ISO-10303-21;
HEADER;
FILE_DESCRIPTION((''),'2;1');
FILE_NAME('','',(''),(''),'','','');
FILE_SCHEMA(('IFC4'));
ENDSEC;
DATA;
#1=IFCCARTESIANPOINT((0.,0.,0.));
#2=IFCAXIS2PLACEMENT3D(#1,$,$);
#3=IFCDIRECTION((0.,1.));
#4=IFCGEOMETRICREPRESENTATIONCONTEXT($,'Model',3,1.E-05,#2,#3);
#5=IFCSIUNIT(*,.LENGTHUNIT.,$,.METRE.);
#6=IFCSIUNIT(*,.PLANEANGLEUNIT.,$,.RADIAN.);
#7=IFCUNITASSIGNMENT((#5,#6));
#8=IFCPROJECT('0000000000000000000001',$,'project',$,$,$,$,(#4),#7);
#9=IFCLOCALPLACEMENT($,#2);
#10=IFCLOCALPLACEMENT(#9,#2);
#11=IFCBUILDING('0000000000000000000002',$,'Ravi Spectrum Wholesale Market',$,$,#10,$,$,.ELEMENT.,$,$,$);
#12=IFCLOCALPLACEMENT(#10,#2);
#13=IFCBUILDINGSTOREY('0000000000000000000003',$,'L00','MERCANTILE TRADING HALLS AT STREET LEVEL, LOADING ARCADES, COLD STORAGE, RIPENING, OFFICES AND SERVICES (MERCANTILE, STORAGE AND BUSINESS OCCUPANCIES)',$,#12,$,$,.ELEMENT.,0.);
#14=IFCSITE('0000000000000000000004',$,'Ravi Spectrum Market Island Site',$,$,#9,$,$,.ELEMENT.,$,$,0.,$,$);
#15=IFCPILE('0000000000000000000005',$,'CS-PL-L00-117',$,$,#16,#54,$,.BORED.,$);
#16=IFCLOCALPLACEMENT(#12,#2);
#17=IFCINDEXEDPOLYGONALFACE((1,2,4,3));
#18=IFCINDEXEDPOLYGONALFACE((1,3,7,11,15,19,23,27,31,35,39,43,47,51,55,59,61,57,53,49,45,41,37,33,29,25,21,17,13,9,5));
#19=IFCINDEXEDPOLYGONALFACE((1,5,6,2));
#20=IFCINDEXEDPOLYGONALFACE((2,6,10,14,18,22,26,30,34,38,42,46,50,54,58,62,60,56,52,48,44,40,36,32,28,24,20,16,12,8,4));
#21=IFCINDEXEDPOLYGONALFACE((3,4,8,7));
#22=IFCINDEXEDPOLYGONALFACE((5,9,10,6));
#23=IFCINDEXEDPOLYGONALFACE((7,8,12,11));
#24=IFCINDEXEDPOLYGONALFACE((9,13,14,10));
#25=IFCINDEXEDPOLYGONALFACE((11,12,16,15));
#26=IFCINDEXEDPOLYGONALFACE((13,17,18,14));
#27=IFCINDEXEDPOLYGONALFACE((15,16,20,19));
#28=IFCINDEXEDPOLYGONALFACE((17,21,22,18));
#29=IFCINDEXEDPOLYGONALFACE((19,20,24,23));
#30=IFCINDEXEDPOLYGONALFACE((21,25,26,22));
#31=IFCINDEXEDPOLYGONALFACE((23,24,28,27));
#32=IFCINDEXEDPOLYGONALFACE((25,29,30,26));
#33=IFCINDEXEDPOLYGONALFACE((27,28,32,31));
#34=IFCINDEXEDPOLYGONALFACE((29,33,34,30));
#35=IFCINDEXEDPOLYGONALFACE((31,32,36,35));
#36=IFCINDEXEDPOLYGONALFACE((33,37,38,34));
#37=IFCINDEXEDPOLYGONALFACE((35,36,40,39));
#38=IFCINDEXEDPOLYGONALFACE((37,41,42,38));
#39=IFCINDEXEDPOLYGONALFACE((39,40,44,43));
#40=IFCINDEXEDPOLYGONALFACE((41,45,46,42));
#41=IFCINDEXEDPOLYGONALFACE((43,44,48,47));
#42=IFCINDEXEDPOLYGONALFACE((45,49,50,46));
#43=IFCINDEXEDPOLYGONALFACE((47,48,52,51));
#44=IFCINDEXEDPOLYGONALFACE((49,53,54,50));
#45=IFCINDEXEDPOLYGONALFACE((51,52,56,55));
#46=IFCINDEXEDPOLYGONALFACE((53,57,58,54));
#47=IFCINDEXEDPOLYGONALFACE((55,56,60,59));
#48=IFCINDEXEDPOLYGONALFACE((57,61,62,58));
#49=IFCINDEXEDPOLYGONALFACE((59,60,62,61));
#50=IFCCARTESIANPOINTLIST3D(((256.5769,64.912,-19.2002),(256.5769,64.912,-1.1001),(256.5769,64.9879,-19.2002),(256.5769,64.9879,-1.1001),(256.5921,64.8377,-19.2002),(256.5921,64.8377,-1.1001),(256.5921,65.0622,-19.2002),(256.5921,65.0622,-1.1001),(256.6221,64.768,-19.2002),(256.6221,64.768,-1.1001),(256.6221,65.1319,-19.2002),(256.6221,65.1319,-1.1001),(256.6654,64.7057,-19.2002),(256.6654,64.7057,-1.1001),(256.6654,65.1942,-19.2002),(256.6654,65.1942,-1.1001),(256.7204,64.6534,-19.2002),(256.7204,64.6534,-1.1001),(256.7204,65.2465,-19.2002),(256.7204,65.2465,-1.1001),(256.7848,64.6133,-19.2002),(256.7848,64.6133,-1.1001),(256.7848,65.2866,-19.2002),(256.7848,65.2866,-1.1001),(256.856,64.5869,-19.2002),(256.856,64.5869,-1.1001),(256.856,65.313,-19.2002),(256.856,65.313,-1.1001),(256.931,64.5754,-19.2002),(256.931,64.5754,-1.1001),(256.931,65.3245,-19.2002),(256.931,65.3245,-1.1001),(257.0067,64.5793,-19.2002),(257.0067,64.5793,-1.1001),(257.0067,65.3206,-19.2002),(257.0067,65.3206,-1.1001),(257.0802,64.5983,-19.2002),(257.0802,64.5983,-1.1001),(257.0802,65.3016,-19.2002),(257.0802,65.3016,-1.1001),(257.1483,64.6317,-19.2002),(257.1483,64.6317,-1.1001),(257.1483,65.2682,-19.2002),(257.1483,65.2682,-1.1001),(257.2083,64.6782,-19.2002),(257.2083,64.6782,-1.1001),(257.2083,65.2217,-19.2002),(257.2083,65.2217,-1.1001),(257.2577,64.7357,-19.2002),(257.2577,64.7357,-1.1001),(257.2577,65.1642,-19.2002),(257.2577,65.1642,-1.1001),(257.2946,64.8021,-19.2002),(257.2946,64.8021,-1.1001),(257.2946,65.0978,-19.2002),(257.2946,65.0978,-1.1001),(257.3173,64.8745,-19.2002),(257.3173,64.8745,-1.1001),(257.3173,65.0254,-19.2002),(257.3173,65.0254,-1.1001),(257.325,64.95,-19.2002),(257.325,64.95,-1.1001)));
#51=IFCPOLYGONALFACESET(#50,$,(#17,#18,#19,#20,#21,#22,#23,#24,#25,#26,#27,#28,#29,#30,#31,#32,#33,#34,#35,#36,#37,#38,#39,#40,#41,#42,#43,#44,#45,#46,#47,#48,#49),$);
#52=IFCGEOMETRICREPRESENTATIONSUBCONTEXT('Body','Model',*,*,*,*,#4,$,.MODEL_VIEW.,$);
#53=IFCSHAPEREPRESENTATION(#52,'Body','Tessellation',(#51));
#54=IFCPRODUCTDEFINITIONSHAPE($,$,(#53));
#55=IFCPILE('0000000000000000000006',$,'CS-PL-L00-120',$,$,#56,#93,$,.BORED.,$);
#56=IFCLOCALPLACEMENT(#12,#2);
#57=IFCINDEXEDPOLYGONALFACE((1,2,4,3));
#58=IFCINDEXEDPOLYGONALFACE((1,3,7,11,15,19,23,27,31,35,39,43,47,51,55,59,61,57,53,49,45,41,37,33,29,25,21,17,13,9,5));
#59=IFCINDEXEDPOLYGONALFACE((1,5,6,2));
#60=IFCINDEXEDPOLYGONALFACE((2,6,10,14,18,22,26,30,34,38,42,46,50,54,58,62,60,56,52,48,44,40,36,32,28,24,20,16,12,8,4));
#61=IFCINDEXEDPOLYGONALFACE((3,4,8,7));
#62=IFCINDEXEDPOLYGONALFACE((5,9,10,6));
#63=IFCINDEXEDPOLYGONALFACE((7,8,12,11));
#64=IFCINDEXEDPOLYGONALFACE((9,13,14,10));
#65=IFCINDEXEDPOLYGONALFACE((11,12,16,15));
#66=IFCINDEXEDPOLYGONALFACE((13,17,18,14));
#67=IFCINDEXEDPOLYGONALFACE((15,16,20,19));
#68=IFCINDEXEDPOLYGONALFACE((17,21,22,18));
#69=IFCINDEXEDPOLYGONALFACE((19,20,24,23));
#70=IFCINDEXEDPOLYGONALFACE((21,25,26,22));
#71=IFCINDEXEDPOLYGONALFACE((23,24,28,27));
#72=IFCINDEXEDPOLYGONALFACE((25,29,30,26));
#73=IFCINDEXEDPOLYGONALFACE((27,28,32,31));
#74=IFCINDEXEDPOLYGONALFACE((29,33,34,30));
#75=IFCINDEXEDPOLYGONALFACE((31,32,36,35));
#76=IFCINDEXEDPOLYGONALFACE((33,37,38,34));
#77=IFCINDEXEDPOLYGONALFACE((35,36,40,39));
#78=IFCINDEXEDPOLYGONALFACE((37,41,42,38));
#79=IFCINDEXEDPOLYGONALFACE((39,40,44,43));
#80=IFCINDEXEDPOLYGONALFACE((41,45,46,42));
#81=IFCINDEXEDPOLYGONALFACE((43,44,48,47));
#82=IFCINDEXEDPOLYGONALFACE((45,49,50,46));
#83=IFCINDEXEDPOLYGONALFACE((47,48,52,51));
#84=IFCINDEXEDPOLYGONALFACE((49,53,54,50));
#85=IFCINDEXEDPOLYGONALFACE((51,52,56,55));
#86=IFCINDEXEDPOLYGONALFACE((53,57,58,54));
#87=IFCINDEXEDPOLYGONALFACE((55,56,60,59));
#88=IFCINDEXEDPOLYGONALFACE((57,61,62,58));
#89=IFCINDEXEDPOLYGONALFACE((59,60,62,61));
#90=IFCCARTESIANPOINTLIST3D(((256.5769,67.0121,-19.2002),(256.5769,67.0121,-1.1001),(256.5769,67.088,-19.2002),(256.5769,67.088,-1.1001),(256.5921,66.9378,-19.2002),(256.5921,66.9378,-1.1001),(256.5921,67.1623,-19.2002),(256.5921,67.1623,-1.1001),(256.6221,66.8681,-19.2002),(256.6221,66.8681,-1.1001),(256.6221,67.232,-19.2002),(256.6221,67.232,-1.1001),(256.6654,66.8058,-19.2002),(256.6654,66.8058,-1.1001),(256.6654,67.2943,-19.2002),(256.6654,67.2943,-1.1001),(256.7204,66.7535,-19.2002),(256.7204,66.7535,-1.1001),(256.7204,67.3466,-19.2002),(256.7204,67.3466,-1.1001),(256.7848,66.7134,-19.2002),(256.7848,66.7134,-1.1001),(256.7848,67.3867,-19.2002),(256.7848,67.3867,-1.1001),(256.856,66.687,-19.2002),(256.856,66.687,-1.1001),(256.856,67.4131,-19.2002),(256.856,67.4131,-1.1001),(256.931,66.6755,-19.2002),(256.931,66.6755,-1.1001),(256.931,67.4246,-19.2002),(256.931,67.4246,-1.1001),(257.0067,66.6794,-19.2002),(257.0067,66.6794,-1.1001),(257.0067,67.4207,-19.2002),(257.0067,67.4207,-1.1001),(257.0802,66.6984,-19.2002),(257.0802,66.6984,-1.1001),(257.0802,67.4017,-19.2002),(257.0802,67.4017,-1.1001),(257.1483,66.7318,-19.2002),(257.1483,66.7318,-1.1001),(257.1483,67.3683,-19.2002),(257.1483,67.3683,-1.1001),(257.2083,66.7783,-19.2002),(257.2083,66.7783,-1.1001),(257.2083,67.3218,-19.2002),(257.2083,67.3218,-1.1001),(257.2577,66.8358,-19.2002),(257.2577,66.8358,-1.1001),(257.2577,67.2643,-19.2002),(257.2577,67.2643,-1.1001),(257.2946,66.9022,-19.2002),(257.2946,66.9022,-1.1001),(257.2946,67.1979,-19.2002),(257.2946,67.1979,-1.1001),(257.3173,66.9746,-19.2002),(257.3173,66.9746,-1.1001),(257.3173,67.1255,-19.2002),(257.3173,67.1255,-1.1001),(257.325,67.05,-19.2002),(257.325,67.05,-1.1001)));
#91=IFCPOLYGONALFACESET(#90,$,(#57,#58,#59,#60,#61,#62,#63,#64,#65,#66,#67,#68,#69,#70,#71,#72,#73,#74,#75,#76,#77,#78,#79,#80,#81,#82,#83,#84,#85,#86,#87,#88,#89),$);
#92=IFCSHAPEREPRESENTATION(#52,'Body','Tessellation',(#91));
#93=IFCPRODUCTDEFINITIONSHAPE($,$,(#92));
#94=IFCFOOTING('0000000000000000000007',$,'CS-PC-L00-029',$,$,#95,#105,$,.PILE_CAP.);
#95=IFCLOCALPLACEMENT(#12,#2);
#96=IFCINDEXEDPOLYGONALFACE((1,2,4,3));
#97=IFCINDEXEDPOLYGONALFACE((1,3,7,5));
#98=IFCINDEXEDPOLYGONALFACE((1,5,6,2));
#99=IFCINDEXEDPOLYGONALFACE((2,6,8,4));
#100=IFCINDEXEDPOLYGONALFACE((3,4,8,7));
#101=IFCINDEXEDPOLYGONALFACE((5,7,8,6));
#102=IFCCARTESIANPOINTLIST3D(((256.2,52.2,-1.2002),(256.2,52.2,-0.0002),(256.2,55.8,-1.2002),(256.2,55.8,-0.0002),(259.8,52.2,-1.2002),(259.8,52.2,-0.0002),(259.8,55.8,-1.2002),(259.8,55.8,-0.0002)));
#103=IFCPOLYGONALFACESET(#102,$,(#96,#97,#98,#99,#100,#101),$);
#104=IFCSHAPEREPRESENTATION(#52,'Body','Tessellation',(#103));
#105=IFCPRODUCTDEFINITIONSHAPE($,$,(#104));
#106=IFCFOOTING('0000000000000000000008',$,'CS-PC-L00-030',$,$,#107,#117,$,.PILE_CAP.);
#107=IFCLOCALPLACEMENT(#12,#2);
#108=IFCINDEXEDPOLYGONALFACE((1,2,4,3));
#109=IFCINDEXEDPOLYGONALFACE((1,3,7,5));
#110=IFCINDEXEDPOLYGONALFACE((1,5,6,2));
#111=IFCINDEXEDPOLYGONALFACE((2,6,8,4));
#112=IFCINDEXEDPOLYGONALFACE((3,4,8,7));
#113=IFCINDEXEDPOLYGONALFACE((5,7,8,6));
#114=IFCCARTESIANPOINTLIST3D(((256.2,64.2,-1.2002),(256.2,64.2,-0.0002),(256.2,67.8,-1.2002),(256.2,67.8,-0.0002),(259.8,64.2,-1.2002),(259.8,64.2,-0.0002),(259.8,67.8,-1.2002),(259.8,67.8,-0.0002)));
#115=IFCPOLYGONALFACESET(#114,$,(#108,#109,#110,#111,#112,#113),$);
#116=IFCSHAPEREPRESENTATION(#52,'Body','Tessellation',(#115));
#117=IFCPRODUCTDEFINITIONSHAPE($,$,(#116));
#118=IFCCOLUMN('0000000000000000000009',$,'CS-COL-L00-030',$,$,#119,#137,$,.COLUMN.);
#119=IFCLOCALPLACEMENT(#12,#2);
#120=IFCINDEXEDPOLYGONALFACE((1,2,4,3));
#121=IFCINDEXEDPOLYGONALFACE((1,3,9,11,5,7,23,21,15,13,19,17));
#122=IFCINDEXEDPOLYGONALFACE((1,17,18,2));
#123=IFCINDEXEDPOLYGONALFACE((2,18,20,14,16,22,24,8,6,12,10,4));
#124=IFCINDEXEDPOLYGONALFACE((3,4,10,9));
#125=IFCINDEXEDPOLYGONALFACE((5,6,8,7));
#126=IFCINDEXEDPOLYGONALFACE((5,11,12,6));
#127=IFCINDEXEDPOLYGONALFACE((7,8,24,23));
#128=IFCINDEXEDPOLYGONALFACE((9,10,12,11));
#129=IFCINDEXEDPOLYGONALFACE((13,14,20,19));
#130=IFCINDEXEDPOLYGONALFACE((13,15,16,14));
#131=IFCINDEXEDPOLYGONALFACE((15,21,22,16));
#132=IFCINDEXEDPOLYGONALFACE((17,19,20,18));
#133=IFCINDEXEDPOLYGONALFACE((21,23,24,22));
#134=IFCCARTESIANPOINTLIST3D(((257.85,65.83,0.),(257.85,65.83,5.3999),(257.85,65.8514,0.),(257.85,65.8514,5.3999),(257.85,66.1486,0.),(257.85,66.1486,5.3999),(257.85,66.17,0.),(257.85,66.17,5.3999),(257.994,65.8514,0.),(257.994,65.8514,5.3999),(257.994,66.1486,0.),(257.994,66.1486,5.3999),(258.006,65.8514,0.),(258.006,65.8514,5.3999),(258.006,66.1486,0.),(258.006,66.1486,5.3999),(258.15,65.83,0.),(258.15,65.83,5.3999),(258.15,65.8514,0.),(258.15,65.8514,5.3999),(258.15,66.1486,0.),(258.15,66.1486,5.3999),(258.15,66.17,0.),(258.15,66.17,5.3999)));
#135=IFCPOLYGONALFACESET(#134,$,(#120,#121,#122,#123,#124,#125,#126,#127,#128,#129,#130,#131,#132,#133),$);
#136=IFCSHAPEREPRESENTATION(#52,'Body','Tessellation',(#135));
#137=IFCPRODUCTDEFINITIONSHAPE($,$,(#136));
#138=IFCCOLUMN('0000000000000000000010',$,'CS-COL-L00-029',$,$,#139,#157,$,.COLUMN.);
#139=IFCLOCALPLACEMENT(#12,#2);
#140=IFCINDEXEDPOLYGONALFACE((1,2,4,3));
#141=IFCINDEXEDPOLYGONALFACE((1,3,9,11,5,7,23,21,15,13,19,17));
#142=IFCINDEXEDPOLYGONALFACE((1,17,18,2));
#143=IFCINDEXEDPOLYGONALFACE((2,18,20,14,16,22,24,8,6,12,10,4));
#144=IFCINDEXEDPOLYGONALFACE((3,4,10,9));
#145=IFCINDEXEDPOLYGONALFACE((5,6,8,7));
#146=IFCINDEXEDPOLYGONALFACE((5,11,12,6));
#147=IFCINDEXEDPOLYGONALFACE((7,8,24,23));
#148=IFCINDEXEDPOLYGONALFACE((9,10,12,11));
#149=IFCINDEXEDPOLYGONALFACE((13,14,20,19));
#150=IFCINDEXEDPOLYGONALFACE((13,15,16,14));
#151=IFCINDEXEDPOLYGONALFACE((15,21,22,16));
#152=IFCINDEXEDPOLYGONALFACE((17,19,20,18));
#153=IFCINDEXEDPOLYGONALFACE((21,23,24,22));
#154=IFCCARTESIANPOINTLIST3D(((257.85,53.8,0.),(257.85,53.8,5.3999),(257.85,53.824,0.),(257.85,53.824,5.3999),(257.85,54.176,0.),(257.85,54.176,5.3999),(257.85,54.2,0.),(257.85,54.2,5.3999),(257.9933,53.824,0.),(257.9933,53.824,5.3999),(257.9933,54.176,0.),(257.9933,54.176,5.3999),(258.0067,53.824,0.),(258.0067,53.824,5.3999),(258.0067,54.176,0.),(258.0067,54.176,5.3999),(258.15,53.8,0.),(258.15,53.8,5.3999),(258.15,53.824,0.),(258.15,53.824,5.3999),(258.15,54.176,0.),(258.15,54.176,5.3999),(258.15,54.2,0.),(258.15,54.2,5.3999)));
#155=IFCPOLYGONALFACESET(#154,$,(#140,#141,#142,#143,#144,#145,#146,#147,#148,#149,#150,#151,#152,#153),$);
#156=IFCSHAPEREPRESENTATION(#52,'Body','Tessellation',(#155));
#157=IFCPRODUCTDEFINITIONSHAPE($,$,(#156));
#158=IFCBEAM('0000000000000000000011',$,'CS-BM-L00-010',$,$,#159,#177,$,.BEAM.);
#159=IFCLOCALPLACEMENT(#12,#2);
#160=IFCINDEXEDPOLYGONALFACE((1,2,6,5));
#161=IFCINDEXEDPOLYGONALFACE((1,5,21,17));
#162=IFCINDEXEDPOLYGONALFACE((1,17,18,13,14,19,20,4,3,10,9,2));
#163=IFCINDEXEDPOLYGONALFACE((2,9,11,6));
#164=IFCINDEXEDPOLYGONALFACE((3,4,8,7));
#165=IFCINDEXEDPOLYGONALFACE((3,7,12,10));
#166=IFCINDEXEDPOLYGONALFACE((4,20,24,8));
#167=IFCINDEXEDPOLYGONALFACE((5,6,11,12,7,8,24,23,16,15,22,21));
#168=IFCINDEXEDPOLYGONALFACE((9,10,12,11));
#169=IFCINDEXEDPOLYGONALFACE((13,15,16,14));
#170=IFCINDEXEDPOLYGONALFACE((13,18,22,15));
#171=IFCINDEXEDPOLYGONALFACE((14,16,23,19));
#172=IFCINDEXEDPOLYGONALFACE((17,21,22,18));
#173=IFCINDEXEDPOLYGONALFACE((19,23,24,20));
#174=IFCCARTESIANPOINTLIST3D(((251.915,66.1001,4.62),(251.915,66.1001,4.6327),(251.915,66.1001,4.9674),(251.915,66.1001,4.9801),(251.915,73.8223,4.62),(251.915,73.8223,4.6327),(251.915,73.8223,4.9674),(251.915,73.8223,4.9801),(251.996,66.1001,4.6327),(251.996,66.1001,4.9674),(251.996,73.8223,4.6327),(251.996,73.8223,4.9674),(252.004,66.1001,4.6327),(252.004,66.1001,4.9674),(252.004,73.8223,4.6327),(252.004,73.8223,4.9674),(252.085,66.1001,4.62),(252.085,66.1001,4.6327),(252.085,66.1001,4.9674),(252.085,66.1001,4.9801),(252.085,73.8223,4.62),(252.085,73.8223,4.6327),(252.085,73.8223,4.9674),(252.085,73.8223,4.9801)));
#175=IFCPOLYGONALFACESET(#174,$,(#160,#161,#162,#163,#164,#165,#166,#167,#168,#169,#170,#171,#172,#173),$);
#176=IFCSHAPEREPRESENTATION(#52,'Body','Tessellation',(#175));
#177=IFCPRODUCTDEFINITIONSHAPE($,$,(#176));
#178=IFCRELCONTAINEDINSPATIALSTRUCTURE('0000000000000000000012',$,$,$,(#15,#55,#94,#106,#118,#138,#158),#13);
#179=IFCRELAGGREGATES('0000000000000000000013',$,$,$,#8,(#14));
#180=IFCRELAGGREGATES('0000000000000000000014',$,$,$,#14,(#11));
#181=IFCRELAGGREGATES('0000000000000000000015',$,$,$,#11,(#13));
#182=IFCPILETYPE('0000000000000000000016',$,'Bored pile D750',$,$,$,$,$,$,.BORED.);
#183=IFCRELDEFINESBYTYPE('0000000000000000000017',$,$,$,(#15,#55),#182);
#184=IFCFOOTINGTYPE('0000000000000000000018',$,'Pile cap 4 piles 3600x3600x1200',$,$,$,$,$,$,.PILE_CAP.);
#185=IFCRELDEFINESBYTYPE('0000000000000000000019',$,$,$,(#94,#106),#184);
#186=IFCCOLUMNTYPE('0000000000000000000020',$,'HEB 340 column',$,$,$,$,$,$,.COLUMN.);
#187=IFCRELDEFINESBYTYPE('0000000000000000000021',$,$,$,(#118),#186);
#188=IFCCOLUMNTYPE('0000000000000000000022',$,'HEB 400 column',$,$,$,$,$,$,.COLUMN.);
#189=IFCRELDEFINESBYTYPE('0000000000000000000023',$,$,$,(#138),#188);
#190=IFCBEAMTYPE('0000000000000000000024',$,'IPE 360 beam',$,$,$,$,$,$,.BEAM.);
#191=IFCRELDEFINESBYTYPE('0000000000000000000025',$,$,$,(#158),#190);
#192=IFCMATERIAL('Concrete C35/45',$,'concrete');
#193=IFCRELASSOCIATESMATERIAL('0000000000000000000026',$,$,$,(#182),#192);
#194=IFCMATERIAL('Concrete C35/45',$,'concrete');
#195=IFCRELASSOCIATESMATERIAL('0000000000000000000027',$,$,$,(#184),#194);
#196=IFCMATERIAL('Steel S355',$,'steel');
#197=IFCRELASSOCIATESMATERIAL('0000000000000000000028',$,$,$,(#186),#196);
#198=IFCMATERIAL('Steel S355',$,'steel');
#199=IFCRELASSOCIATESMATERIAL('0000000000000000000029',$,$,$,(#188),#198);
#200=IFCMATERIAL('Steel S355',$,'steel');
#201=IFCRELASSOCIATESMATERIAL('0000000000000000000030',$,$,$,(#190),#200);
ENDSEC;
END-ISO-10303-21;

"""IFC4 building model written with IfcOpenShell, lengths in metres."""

from ifc_helpers import new_model, si_unit, direction, frame, origin, origin_2d, place, context, subcontext, project, spatial, rectangle, circle, i_section, extrude, material, material_profile, profile_set, type_object, element, save


model = new_model("IFC4")

# Units and contexts
model_context = context("Model", 3, precision=1e-05, world=origin(), true_north=direction((0.0, 1.0)))
body_context = subcontext(model_context, "Body", "Model", "MODEL_VIEW")
ifc_project = project(units=[si_unit("LENGTHUNIT", "METRE"), si_unit("PLANEANGLEUNIT", "RADIAN")], contexts=[model_context])

# Site, building, storey
site_placement = place(None, origin())
site = spatial("IfcSite", under=ifc_project, at=site_placement, Name="Ravi Spectrum Market Island Site", CompositionType="ELEMENT", RefElevation=0.0)
building_placement = place(site_placement, origin())
building = spatial("IfcBuilding", under=site, at=building_placement, Name="Ravi Spectrum Wholesale Market", CompositionType="ELEMENT")
storey_placement = place(building_placement, origin())
storey = spatial("IfcBuildingStorey", under=building, at=storey_placement, Name="L00", Description="MERCANTILE TRADING HALLS AT STREET LEVEL, LOADING ARCADES, COLD STORAGE, RIPENING, OFFICES AND SERVICES (MERCANTILE, STORAGE AND BUSINESS OCCUPANCIES)", CompositionType="ELEMENT", Elevation=0.0)

# Piles
ifc_material_1 = material(Name="Concrete C35/45", Category="concrete")
ifc_material_profile_1 = material_profile(ifc_material_1, circle(Radius=0.375, at=origin_2d()))
ifc_profile_set_1 = profile_set([ifc_material_profile_1], Name="Concrete C35/45")
pile_type = type_object("IfcPileType", Name="Bored pile D750", PredefinedType="BORED", material=ifc_profile_set_1)
for number, where, z_axis, x_axis, name in (
    (1, (256.95, 64.95, -1.1001), (0.0, 0.0, -1.0), (1.0, 0.0, 0.0), "CS-PL-L00-117"),
    (2, (256.95, 67.05, -1.1001), (0.0, 0.0, -1.0), (1.0, 0.0, 0.0), "CS-PL-L00-120"),
):
    element("IfcPile", number, at=place(storey_placement, frame(where, z_axis=z_axis, x_axis=x_axis)), inside=storey, type_object=pile_type, Name=name, PredefinedType="BORED", context=body_context, shape_type="SweptSolid", body=[
        extrude(circle(Radius=0.375, at=origin_2d()), origin(), (0.0, 0.0, 1.0), 18.1001),
    ])

# Footings
ifc_material_2 = material(Name="Concrete C35/45", Category="concrete")
footing_type = type_object("IfcFootingType", Name="Pile cap 4 piles 3600x3600x1200", PredefinedType="PILE_CAP", material=ifc_material_2)
for number, where, z_axis, x_axis, name in (
    (3, (258.0, 54.0, -1.2002), (0.0, 0.0, 1.0), (1.0, 0.0, 0.0), "CS-PC-L00-029"),
    (4, (258.0, 66.0, -1.2002), (0.0, 0.0, 1.0), (1.0, 0.0, 0.0), "CS-PC-L00-030"),
):
    element("IfcFooting", number, at=place(storey_placement, frame(where, z_axis=z_axis, x_axis=x_axis)), inside=storey, type_object=footing_type, Name=name, PredefinedType="PILE_CAP", context=body_context, shape_type="SweptSolid", body=[
        extrude(rectangle(XDim=3.6001, YDim=3.6001, at=origin_2d()), origin(), (0.0, 0.0, 1.0), 1.2),
    ])

# Columns
ifc_material_3 = material(Name="Steel S355", Category="steel")
ifc_material_profile_2 = material_profile(ifc_material_3, i_section(OverallWidth=0.3, OverallDepth=0.3401, WebThickness=0.012, FlangeThickness=0.0215, at=origin_2d()))
ifc_profile_set_2 = profile_set([ifc_material_profile_2], Name="Steel S355")
column_type_1 = type_object("IfcColumnType", Name="HEB 340 column", PredefinedType="COLUMN", material=ifc_profile_set_2)
column_1_placement = place(storey_placement, frame((258.0, 66.0, 0.0), z_axis=(0.0, 0.0, 1.0), x_axis=(1.0, 0.0, 0.0)))
element("IfcColumn", 5, at=column_1_placement, inside=storey, type_object=column_type_1, Name="CS-COL-L00-030", PredefinedType="COLUMN", context=body_context, shape_type="SweptSolid", body=[
    extrude(i_section(OverallWidth=0.3, OverallDepth=0.3401, WebThickness=0.012, FlangeThickness=0.0215, at=origin_2d()), origin(), (0.0, 0.0, 1.0), 5.3999),
])
ifc_material_4 = material(Name="Steel S355", Category="steel")
ifc_material_profile_3 = material_profile(ifc_material_4, i_section(OverallWidth=0.3, OverallDepth=0.3999, WebThickness=0.0134, FlangeThickness=0.0239, at=origin_2d()))
ifc_profile_set_3 = profile_set([ifc_material_profile_3], Name="Steel S355")
column_type_2 = type_object("IfcColumnType", Name="HEB 400 column", PredefinedType="COLUMN", material=ifc_profile_set_3)
column_2_placement = place(storey_placement, frame((258.0, 54.0, 0.0), z_axis=(0.0, 0.0, 1.0), x_axis=(1.0, 0.0, 0.0)))
element("IfcColumn", 6, at=column_2_placement, inside=storey, type_object=column_type_2, Name="CS-COL-L00-029", PredefinedType="COLUMN", context=body_context, shape_type="SweptSolid", body=[
    extrude(i_section(OverallWidth=0.3, OverallDepth=0.3999, WebThickness=0.0134, FlangeThickness=0.0239, at=origin_2d()), origin(), (0.0, 0.0, 1.0), 5.3999),
])

# Beam
ifc_material_5 = material(Name="Steel S355", Category="steel")
ifc_material_profile_4 = material_profile(ifc_material_5, i_section(OverallWidth=0.1699, OverallDepth=0.3601, WebThickness=0.0081, FlangeThickness=0.0127, at=origin_2d()))
ifc_profile_set_4 = profile_set([ifc_material_profile_4], Name="Steel S355")
beam_type = type_object("IfcBeamType", Name="IPE 360 beam", PredefinedType="BEAM", material=ifc_profile_set_4)
beam_placement = place(storey_placement, frame((252.0, 66.1001, 4.8), z_axis=(0.0, 1.0, 0.0), x_axis=(-1.0, 0.0, 0.0)))
element("IfcBeam", 7, at=beam_placement, inside=storey, type_object=beam_type, Name="CS-BM-L00-010", PredefinedType="BEAM", context=body_context, shape_type="SweptSolid", body=[
    extrude(i_section(OverallWidth=0.1699, OverallDepth=0.3601, WebThickness=0.0081, FlangeThickness=0.0127, at=origin_2d()), origin(), (0.0, 0.0, 1.0), 7.7222),
])

save(model, "model.ifc")
